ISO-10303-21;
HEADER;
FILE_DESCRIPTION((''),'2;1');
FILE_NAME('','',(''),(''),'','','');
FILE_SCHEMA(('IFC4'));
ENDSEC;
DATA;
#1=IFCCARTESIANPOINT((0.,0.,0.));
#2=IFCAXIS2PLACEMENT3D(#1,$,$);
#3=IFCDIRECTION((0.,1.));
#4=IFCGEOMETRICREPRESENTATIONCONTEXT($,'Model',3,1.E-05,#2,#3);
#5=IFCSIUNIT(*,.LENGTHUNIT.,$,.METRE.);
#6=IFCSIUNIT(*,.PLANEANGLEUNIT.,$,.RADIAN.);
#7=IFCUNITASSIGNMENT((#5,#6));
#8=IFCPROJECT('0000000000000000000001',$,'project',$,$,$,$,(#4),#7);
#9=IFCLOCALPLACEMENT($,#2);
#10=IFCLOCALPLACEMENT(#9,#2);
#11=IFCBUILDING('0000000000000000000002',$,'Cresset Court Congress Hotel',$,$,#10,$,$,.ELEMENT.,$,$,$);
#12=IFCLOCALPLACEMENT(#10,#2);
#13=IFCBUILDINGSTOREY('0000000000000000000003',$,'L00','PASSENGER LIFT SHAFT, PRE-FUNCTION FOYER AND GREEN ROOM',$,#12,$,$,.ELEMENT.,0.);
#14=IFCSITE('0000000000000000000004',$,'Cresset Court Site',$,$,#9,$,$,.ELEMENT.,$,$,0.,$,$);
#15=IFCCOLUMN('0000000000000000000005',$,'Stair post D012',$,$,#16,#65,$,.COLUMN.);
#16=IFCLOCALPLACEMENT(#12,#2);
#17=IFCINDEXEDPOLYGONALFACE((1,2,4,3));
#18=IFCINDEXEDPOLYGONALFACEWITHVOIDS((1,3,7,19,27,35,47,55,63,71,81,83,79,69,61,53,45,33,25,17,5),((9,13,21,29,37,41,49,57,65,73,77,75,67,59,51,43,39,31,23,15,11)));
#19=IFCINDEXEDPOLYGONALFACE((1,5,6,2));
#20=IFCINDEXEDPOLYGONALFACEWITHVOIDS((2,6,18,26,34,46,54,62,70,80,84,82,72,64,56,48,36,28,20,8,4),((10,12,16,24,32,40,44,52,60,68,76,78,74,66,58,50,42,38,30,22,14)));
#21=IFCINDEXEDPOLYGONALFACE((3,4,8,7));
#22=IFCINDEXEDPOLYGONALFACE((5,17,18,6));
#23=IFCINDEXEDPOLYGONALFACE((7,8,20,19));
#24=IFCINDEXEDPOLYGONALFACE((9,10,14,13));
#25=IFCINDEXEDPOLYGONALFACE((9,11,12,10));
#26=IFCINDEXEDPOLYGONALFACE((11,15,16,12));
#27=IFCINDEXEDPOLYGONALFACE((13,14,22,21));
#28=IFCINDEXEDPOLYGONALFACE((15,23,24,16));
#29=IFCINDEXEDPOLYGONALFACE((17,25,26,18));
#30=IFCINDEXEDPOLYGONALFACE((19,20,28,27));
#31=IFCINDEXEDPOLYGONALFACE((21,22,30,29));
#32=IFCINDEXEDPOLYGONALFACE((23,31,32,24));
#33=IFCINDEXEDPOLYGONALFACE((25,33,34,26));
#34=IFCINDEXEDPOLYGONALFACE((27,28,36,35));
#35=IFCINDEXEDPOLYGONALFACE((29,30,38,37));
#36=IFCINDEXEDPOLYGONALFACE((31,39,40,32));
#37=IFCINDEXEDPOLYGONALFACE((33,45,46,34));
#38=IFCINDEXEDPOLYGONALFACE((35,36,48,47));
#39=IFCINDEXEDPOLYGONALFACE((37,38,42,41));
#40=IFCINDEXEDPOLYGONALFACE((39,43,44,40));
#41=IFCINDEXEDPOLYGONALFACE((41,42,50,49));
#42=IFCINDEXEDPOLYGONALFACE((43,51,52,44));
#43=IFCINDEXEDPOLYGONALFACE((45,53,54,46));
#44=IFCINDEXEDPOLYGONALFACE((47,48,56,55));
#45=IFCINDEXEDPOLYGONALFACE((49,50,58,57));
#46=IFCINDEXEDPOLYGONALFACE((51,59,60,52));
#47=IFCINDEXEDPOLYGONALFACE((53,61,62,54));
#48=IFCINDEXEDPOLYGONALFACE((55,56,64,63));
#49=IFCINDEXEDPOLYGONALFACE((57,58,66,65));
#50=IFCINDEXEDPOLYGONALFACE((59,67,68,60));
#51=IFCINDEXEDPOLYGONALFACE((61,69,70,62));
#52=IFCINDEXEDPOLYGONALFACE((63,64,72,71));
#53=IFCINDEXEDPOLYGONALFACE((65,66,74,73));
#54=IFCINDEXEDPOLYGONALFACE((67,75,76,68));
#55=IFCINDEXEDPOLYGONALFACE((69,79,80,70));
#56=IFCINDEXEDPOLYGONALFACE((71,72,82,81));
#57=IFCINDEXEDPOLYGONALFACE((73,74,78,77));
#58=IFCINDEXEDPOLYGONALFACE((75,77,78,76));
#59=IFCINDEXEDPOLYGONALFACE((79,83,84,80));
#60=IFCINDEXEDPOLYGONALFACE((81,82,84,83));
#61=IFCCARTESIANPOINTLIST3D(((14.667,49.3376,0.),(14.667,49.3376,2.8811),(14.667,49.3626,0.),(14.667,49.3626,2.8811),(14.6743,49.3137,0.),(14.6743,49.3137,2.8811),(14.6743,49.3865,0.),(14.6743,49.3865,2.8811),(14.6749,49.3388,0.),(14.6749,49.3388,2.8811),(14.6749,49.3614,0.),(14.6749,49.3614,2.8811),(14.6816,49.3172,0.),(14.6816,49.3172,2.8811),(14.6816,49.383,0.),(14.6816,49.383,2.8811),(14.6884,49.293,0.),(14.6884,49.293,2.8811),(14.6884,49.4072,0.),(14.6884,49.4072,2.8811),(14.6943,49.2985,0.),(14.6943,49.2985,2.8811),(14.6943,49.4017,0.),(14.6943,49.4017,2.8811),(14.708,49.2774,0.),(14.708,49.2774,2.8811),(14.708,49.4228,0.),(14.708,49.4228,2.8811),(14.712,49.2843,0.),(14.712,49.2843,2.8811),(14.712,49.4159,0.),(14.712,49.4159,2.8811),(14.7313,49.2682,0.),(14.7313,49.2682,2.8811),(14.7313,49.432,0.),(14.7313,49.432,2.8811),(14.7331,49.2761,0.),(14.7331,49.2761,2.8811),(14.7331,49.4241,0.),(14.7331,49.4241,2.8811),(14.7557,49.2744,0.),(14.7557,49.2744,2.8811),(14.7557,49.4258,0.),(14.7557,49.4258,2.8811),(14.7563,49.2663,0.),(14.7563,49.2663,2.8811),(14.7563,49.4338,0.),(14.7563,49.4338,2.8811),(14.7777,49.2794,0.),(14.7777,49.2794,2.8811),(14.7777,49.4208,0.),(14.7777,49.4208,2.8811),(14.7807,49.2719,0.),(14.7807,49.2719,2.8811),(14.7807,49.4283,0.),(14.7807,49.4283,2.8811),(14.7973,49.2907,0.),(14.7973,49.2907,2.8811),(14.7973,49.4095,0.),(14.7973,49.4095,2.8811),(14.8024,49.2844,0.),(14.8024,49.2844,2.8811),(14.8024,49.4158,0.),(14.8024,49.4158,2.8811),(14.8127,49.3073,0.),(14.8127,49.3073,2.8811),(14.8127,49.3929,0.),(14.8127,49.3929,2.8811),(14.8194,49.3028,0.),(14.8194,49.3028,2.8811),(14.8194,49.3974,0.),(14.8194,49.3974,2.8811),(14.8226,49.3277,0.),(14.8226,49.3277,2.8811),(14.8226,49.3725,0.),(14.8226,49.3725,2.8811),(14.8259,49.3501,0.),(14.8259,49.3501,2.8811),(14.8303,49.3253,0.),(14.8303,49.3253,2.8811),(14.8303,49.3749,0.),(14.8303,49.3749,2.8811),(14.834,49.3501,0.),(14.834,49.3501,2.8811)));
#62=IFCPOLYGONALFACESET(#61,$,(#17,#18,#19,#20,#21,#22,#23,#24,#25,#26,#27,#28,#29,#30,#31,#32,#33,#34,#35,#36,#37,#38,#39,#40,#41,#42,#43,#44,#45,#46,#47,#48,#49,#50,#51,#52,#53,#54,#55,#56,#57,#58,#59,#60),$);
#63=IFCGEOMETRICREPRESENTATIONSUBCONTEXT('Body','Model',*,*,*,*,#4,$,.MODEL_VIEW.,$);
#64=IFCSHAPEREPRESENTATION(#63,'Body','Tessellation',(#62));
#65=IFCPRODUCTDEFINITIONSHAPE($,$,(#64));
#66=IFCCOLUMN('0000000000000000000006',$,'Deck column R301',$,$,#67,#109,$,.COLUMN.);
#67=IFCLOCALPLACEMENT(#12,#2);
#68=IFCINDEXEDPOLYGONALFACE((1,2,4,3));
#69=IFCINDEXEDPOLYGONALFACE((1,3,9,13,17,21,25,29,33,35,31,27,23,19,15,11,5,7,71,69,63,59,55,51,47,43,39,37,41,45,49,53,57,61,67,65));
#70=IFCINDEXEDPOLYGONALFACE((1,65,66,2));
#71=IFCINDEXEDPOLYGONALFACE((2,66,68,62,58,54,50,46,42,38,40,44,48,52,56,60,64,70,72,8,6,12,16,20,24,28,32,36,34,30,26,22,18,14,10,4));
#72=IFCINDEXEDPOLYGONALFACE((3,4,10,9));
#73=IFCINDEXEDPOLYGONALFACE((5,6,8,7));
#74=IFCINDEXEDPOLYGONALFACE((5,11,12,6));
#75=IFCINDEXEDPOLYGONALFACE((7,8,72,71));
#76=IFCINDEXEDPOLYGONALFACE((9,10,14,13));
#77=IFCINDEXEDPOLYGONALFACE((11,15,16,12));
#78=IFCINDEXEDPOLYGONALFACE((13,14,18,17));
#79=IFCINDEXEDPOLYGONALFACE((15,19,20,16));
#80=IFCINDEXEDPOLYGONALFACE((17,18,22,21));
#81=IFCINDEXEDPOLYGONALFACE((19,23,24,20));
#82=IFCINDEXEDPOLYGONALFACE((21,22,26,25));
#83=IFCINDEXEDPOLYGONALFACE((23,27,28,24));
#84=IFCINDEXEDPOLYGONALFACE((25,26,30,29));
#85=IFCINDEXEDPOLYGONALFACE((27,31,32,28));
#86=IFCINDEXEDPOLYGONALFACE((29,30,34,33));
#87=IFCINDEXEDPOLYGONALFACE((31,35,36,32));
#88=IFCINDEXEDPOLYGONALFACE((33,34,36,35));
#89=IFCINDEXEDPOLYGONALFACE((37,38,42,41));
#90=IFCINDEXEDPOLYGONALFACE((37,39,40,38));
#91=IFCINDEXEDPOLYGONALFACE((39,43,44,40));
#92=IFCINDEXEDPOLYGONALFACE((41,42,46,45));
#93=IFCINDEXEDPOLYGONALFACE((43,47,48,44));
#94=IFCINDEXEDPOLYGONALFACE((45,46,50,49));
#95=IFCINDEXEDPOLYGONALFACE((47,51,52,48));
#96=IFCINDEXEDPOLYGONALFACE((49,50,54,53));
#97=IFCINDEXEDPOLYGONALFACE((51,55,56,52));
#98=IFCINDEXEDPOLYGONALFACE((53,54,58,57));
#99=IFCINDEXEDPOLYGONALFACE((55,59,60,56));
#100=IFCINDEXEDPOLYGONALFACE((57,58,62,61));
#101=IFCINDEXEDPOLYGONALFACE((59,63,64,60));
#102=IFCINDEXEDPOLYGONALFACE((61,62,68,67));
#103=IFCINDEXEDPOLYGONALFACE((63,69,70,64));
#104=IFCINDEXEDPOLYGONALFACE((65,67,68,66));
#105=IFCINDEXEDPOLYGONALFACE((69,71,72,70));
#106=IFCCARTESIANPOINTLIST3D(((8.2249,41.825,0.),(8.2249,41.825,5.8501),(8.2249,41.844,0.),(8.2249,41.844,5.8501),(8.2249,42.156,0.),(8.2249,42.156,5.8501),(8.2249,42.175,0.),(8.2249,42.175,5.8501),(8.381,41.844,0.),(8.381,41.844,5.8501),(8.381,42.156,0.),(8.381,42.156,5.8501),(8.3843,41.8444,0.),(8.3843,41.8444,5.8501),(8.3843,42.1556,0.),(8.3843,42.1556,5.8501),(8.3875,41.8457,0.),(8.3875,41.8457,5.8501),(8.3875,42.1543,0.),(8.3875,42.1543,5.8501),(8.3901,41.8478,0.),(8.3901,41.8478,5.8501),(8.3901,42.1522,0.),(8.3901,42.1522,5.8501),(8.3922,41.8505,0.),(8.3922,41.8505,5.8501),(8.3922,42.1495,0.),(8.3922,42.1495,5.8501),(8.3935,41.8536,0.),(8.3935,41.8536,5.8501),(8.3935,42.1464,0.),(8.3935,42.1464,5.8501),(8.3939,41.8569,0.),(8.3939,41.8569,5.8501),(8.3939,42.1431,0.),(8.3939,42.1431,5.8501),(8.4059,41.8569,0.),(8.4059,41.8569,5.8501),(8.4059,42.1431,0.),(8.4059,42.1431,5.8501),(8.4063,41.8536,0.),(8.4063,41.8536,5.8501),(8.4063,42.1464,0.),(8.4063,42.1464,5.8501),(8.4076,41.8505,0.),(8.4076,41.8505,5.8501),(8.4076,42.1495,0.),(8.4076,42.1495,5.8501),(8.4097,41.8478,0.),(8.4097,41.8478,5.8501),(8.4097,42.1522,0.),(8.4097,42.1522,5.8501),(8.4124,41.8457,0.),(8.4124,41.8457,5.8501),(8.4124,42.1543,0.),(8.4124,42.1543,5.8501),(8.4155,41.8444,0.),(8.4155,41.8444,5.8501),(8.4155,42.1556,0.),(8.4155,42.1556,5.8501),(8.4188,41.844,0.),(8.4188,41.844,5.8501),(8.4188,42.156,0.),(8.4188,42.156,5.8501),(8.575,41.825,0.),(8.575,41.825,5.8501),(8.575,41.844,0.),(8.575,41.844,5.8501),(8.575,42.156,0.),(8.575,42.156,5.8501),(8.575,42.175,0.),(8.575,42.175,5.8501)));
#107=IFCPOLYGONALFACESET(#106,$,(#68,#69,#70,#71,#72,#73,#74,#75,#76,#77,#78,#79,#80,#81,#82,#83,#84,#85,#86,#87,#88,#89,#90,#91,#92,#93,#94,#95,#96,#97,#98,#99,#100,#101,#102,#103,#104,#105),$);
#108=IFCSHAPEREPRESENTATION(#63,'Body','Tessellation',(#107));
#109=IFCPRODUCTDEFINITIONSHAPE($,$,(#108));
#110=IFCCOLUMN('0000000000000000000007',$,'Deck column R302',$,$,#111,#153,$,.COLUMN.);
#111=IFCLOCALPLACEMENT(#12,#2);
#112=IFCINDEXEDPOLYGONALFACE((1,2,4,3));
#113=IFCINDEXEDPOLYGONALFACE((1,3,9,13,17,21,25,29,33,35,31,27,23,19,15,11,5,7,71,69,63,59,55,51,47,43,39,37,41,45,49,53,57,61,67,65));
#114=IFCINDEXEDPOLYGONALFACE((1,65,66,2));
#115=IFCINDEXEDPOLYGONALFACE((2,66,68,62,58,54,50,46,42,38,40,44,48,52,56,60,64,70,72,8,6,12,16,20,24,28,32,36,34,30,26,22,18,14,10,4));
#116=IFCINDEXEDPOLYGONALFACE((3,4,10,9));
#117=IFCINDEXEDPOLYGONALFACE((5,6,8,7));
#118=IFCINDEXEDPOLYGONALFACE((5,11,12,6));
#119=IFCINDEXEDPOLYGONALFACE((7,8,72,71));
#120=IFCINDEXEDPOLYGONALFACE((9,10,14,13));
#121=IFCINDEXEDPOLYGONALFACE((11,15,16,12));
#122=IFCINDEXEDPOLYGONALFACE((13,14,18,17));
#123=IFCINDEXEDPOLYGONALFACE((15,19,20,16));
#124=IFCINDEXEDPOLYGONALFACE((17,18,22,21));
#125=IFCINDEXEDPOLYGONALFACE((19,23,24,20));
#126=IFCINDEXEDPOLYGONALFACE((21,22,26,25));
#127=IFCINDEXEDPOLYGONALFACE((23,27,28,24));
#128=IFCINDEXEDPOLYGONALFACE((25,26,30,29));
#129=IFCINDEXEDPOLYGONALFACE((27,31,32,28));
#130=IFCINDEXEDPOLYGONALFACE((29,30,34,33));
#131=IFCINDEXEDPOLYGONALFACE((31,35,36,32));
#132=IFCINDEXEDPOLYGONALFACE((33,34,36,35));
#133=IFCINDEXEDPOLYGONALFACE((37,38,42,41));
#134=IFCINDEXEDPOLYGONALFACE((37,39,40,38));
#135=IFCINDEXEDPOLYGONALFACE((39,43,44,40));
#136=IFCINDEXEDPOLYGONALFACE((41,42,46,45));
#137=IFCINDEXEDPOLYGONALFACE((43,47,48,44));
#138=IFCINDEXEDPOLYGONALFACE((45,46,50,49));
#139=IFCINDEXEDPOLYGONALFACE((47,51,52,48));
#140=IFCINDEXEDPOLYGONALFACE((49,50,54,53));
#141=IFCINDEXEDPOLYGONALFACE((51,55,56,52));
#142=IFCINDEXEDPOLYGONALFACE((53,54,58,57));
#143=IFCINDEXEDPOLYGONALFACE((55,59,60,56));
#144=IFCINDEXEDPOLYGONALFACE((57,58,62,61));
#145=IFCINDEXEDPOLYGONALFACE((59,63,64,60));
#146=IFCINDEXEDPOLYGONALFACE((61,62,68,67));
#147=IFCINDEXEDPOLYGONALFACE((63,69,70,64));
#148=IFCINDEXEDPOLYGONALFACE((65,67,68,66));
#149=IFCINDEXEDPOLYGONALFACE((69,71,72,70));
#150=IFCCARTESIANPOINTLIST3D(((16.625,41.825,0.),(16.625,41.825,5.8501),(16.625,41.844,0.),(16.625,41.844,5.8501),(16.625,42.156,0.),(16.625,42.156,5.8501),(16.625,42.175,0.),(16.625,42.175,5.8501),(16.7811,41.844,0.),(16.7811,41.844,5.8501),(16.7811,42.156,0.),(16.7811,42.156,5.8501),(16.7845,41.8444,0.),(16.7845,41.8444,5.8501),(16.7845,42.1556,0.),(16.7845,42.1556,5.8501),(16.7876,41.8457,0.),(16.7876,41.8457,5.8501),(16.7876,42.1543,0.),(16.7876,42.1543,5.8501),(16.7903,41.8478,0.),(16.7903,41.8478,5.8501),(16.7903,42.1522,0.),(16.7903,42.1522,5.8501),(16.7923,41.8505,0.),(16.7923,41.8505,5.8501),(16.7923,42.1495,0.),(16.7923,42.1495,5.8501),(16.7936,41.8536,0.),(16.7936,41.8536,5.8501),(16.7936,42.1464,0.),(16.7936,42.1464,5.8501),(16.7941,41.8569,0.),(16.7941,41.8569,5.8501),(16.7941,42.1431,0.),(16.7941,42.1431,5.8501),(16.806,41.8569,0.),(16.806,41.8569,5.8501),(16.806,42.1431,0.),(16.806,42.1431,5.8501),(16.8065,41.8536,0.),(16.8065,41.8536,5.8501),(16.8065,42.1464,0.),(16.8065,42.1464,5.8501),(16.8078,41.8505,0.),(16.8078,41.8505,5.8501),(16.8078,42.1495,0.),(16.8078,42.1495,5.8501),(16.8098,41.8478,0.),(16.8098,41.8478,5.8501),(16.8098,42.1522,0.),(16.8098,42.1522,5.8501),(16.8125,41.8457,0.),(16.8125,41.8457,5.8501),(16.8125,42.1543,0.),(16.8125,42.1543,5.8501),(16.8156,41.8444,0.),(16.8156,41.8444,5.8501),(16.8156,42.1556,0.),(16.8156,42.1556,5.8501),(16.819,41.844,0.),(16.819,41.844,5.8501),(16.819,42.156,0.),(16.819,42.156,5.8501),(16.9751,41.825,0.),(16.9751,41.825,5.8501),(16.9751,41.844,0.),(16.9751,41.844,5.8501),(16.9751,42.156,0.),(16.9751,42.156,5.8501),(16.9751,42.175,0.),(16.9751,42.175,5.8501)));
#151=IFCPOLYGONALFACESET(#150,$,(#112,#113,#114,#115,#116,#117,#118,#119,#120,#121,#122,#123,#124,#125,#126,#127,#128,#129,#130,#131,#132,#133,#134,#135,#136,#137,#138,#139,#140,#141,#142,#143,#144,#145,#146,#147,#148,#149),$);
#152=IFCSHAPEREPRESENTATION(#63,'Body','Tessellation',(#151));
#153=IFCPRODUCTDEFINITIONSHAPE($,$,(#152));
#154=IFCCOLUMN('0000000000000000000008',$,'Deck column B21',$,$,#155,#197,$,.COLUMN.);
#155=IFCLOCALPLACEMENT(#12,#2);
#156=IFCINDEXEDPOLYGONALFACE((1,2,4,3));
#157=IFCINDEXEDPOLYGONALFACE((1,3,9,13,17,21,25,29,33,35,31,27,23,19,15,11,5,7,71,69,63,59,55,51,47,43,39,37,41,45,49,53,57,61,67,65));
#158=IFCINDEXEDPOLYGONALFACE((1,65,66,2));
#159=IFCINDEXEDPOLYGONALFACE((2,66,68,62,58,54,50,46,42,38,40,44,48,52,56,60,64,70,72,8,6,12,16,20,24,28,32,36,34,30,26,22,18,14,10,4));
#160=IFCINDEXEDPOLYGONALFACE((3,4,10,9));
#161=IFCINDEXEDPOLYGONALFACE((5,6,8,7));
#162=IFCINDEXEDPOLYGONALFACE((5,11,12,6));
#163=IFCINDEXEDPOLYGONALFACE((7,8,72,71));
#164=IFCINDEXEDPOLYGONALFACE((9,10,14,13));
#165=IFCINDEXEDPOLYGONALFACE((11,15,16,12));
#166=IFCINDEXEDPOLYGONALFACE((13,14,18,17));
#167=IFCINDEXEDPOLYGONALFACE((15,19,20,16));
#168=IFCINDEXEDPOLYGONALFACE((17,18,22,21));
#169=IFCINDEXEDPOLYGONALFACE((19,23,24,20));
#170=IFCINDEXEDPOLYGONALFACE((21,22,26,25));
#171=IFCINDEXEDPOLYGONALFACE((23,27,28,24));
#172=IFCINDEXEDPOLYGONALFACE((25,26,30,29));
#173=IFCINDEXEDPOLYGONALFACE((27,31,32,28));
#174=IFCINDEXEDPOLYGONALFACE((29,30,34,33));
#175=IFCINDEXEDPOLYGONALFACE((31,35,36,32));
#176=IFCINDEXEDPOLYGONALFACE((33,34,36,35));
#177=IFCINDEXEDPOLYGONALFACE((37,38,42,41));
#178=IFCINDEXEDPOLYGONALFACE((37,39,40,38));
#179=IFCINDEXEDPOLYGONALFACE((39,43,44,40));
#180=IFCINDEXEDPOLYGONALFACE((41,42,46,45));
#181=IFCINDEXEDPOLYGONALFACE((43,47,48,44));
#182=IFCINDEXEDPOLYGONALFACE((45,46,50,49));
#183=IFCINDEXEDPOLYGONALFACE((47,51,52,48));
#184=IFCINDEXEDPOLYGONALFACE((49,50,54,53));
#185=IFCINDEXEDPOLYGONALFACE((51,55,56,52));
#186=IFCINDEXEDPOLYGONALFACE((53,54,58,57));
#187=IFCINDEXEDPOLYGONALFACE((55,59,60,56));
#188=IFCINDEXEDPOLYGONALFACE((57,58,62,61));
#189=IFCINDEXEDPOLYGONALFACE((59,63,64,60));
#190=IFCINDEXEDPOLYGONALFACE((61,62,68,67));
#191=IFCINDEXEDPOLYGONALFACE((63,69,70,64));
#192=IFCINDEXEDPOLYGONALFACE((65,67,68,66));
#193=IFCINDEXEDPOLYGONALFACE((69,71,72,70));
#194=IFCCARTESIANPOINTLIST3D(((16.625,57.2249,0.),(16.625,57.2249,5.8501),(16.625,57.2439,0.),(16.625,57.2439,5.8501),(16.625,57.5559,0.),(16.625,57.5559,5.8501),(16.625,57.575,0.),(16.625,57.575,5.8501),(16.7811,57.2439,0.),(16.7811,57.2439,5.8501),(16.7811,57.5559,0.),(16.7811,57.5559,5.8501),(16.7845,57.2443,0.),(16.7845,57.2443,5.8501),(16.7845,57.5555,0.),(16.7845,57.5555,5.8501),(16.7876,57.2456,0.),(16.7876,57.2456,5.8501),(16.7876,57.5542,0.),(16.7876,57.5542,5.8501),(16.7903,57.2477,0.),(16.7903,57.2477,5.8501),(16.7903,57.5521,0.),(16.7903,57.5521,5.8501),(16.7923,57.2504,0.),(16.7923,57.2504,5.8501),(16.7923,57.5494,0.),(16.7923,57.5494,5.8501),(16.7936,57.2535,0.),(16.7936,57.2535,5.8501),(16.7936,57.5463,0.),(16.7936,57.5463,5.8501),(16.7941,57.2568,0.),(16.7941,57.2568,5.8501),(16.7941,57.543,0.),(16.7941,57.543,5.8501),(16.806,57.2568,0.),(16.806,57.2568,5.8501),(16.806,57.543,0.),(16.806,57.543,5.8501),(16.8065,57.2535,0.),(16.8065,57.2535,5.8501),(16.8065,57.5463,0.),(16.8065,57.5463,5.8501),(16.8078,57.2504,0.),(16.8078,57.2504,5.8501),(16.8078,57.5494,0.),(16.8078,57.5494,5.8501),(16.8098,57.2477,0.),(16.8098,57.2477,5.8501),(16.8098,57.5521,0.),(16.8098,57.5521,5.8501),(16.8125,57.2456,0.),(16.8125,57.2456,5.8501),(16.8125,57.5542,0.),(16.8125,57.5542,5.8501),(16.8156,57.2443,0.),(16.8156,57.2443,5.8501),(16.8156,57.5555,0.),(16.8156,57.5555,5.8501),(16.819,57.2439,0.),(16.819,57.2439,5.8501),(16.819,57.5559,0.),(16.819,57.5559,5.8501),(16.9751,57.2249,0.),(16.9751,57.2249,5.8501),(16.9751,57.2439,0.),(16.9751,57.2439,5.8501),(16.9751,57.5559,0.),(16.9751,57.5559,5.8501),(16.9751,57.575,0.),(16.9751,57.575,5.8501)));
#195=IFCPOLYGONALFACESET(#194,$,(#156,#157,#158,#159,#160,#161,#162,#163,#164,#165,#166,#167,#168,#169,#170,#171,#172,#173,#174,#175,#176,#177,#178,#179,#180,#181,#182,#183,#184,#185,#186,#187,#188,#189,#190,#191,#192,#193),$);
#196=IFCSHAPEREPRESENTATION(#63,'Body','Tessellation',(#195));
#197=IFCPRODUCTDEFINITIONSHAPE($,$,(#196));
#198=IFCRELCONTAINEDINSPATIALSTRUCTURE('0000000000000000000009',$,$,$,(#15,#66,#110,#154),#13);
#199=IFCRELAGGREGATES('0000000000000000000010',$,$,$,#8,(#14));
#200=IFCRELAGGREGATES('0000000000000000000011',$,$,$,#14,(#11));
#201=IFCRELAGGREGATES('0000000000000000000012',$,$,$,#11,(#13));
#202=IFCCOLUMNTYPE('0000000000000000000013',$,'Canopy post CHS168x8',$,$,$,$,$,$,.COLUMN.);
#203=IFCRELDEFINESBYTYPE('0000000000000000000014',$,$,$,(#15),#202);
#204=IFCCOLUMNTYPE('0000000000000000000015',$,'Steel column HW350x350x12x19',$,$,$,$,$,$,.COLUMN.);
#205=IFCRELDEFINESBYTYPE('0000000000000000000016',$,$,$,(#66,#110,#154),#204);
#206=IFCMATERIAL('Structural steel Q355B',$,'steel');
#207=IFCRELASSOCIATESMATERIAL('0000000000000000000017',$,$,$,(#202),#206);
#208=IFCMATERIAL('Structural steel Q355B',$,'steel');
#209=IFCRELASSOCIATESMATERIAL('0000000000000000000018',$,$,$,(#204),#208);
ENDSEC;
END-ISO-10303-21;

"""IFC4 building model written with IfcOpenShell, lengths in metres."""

from ifc_helpers import new_model, si_unit, direction, frame, origin, origin_2d, place, context, subcontext, project, spatial, hollow_circle, i_section, extrude, material, material_profile, profile_set, type_object, element, save


model = new_model("IFC4")

# Units and contexts
model_context = context("Model", 3, precision=1e-05, world=origin(), true_north=direction((0.0, 1.0)))
body_context = subcontext(model_context, "Body", "Model", "MODEL_VIEW")
ifc_project = project(units=[si_unit("LENGTHUNIT", "METRE"), si_unit("PLANEANGLEUNIT", "RADIAN")], contexts=[model_context])

# Site, building, storey
site_placement = place(None, origin())
site = spatial("IfcSite", under=ifc_project, at=site_placement, Name="Cresset Court Site", CompositionType="ELEMENT", RefElevation=0.0)
building_placement = place(site_placement, origin())
building = spatial("IfcBuilding", under=site, at=building_placement, Name="Cresset Court Congress Hotel", CompositionType="ELEMENT")
storey_placement = place(building_placement, origin())
storey = spatial("IfcBuildingStorey", under=building, at=storey_placement, Name="L00", Description="PASSENGER LIFT SHAFT, PRE-FUNCTION FOYER AND GREEN ROOM", CompositionType="ELEMENT", Elevation=0.0)

# Columns
ifc_material_1 = material(Name="Structural steel Q355B", Category="steel")
ifc_material_profile_1 = material_profile(ifc_material_1, hollow_circle(Radius=0.084, WallThickness=0.0081, at=origin_2d()), Name="CHS168x8")
ifc_profile_set_1 = profile_set([ifc_material_profile_1], Name="Structural steel Q355B")
column_type_1 = type_object("IfcColumnType", Name="Canopy post CHS168x8", PredefinedType="COLUMN", material=ifc_profile_set_1)
for number, where, z_axis, x_axis, name in (
    (1, (14.75, 49.3501, 0.0), (0.0, 0.0, 1.0), (1.0, 0.0, 0.0), "Stair post D012"),
):
    element("IfcColumn", number, at=place(storey_placement, frame(where, z_axis=z_axis, x_axis=x_axis)), inside=storey, type_object=column_type_1, Name=name, PredefinedType="COLUMN", context=body_context, shape_type="SweptSolid", body=[
        extrude(hollow_circle(Radius=0.084, WallThickness=0.0081, at=origin_2d()), origin(), (0.0, 0.0, 1.0), 2.8811),
    ])
ifc_material_2 = material(Name="Structural steel Q355B", Category="steel")
ifc_material_profile_2 = material_profile(ifc_material_2, i_section(OverallWidth=0.3501, OverallDepth=0.3501, WebThickness=0.012, FlangeThickness=0.019, FilletRadius=0.0129, at=origin_2d()), Name="HW350x350x12x19")
ifc_profile_set_2 = profile_set([ifc_material_profile_2], Name="Structural steel Q355B")
column_type_2 = type_object("IfcColumnType", Name="Steel column HW350x350x12x19", PredefinedType="COLUMN", material=ifc_profile_set_2)
for number, where, z_axis, x_axis, name in (
    (2, (8.3999, 42.0, 0.0), (0.0, 0.0, 1.0), (1.0, 0.0, 0.0), "Deck column R301"),
    (3, (16.8, 42.0, 0.0), (0.0, 0.0, 1.0), (1.0, 0.0, 0.0), "Deck column R302"),
    (4, (16.8, 57.3999, 0.0), (0.0, 0.0, 1.0), (1.0, 0.0, 0.0), "Deck column B21"),
):
    element("IfcColumn", number, at=place(storey_placement, frame(where, z_axis=z_axis, x_axis=x_axis)), inside=storey, type_object=column_type_2, Name=name, PredefinedType="COLUMN", context=body_context, shape_type="SweptSolid", body=[
        extrude(i_section(OverallWidth=0.3501, OverallDepth=0.3501, WebThickness=0.012, FlangeThickness=0.019, FilletRadius=0.0129, at=origin_2d()), origin(), (0.0, 0.0, 1.0), 5.8501),
    ])

save(model, "model.ifc")
